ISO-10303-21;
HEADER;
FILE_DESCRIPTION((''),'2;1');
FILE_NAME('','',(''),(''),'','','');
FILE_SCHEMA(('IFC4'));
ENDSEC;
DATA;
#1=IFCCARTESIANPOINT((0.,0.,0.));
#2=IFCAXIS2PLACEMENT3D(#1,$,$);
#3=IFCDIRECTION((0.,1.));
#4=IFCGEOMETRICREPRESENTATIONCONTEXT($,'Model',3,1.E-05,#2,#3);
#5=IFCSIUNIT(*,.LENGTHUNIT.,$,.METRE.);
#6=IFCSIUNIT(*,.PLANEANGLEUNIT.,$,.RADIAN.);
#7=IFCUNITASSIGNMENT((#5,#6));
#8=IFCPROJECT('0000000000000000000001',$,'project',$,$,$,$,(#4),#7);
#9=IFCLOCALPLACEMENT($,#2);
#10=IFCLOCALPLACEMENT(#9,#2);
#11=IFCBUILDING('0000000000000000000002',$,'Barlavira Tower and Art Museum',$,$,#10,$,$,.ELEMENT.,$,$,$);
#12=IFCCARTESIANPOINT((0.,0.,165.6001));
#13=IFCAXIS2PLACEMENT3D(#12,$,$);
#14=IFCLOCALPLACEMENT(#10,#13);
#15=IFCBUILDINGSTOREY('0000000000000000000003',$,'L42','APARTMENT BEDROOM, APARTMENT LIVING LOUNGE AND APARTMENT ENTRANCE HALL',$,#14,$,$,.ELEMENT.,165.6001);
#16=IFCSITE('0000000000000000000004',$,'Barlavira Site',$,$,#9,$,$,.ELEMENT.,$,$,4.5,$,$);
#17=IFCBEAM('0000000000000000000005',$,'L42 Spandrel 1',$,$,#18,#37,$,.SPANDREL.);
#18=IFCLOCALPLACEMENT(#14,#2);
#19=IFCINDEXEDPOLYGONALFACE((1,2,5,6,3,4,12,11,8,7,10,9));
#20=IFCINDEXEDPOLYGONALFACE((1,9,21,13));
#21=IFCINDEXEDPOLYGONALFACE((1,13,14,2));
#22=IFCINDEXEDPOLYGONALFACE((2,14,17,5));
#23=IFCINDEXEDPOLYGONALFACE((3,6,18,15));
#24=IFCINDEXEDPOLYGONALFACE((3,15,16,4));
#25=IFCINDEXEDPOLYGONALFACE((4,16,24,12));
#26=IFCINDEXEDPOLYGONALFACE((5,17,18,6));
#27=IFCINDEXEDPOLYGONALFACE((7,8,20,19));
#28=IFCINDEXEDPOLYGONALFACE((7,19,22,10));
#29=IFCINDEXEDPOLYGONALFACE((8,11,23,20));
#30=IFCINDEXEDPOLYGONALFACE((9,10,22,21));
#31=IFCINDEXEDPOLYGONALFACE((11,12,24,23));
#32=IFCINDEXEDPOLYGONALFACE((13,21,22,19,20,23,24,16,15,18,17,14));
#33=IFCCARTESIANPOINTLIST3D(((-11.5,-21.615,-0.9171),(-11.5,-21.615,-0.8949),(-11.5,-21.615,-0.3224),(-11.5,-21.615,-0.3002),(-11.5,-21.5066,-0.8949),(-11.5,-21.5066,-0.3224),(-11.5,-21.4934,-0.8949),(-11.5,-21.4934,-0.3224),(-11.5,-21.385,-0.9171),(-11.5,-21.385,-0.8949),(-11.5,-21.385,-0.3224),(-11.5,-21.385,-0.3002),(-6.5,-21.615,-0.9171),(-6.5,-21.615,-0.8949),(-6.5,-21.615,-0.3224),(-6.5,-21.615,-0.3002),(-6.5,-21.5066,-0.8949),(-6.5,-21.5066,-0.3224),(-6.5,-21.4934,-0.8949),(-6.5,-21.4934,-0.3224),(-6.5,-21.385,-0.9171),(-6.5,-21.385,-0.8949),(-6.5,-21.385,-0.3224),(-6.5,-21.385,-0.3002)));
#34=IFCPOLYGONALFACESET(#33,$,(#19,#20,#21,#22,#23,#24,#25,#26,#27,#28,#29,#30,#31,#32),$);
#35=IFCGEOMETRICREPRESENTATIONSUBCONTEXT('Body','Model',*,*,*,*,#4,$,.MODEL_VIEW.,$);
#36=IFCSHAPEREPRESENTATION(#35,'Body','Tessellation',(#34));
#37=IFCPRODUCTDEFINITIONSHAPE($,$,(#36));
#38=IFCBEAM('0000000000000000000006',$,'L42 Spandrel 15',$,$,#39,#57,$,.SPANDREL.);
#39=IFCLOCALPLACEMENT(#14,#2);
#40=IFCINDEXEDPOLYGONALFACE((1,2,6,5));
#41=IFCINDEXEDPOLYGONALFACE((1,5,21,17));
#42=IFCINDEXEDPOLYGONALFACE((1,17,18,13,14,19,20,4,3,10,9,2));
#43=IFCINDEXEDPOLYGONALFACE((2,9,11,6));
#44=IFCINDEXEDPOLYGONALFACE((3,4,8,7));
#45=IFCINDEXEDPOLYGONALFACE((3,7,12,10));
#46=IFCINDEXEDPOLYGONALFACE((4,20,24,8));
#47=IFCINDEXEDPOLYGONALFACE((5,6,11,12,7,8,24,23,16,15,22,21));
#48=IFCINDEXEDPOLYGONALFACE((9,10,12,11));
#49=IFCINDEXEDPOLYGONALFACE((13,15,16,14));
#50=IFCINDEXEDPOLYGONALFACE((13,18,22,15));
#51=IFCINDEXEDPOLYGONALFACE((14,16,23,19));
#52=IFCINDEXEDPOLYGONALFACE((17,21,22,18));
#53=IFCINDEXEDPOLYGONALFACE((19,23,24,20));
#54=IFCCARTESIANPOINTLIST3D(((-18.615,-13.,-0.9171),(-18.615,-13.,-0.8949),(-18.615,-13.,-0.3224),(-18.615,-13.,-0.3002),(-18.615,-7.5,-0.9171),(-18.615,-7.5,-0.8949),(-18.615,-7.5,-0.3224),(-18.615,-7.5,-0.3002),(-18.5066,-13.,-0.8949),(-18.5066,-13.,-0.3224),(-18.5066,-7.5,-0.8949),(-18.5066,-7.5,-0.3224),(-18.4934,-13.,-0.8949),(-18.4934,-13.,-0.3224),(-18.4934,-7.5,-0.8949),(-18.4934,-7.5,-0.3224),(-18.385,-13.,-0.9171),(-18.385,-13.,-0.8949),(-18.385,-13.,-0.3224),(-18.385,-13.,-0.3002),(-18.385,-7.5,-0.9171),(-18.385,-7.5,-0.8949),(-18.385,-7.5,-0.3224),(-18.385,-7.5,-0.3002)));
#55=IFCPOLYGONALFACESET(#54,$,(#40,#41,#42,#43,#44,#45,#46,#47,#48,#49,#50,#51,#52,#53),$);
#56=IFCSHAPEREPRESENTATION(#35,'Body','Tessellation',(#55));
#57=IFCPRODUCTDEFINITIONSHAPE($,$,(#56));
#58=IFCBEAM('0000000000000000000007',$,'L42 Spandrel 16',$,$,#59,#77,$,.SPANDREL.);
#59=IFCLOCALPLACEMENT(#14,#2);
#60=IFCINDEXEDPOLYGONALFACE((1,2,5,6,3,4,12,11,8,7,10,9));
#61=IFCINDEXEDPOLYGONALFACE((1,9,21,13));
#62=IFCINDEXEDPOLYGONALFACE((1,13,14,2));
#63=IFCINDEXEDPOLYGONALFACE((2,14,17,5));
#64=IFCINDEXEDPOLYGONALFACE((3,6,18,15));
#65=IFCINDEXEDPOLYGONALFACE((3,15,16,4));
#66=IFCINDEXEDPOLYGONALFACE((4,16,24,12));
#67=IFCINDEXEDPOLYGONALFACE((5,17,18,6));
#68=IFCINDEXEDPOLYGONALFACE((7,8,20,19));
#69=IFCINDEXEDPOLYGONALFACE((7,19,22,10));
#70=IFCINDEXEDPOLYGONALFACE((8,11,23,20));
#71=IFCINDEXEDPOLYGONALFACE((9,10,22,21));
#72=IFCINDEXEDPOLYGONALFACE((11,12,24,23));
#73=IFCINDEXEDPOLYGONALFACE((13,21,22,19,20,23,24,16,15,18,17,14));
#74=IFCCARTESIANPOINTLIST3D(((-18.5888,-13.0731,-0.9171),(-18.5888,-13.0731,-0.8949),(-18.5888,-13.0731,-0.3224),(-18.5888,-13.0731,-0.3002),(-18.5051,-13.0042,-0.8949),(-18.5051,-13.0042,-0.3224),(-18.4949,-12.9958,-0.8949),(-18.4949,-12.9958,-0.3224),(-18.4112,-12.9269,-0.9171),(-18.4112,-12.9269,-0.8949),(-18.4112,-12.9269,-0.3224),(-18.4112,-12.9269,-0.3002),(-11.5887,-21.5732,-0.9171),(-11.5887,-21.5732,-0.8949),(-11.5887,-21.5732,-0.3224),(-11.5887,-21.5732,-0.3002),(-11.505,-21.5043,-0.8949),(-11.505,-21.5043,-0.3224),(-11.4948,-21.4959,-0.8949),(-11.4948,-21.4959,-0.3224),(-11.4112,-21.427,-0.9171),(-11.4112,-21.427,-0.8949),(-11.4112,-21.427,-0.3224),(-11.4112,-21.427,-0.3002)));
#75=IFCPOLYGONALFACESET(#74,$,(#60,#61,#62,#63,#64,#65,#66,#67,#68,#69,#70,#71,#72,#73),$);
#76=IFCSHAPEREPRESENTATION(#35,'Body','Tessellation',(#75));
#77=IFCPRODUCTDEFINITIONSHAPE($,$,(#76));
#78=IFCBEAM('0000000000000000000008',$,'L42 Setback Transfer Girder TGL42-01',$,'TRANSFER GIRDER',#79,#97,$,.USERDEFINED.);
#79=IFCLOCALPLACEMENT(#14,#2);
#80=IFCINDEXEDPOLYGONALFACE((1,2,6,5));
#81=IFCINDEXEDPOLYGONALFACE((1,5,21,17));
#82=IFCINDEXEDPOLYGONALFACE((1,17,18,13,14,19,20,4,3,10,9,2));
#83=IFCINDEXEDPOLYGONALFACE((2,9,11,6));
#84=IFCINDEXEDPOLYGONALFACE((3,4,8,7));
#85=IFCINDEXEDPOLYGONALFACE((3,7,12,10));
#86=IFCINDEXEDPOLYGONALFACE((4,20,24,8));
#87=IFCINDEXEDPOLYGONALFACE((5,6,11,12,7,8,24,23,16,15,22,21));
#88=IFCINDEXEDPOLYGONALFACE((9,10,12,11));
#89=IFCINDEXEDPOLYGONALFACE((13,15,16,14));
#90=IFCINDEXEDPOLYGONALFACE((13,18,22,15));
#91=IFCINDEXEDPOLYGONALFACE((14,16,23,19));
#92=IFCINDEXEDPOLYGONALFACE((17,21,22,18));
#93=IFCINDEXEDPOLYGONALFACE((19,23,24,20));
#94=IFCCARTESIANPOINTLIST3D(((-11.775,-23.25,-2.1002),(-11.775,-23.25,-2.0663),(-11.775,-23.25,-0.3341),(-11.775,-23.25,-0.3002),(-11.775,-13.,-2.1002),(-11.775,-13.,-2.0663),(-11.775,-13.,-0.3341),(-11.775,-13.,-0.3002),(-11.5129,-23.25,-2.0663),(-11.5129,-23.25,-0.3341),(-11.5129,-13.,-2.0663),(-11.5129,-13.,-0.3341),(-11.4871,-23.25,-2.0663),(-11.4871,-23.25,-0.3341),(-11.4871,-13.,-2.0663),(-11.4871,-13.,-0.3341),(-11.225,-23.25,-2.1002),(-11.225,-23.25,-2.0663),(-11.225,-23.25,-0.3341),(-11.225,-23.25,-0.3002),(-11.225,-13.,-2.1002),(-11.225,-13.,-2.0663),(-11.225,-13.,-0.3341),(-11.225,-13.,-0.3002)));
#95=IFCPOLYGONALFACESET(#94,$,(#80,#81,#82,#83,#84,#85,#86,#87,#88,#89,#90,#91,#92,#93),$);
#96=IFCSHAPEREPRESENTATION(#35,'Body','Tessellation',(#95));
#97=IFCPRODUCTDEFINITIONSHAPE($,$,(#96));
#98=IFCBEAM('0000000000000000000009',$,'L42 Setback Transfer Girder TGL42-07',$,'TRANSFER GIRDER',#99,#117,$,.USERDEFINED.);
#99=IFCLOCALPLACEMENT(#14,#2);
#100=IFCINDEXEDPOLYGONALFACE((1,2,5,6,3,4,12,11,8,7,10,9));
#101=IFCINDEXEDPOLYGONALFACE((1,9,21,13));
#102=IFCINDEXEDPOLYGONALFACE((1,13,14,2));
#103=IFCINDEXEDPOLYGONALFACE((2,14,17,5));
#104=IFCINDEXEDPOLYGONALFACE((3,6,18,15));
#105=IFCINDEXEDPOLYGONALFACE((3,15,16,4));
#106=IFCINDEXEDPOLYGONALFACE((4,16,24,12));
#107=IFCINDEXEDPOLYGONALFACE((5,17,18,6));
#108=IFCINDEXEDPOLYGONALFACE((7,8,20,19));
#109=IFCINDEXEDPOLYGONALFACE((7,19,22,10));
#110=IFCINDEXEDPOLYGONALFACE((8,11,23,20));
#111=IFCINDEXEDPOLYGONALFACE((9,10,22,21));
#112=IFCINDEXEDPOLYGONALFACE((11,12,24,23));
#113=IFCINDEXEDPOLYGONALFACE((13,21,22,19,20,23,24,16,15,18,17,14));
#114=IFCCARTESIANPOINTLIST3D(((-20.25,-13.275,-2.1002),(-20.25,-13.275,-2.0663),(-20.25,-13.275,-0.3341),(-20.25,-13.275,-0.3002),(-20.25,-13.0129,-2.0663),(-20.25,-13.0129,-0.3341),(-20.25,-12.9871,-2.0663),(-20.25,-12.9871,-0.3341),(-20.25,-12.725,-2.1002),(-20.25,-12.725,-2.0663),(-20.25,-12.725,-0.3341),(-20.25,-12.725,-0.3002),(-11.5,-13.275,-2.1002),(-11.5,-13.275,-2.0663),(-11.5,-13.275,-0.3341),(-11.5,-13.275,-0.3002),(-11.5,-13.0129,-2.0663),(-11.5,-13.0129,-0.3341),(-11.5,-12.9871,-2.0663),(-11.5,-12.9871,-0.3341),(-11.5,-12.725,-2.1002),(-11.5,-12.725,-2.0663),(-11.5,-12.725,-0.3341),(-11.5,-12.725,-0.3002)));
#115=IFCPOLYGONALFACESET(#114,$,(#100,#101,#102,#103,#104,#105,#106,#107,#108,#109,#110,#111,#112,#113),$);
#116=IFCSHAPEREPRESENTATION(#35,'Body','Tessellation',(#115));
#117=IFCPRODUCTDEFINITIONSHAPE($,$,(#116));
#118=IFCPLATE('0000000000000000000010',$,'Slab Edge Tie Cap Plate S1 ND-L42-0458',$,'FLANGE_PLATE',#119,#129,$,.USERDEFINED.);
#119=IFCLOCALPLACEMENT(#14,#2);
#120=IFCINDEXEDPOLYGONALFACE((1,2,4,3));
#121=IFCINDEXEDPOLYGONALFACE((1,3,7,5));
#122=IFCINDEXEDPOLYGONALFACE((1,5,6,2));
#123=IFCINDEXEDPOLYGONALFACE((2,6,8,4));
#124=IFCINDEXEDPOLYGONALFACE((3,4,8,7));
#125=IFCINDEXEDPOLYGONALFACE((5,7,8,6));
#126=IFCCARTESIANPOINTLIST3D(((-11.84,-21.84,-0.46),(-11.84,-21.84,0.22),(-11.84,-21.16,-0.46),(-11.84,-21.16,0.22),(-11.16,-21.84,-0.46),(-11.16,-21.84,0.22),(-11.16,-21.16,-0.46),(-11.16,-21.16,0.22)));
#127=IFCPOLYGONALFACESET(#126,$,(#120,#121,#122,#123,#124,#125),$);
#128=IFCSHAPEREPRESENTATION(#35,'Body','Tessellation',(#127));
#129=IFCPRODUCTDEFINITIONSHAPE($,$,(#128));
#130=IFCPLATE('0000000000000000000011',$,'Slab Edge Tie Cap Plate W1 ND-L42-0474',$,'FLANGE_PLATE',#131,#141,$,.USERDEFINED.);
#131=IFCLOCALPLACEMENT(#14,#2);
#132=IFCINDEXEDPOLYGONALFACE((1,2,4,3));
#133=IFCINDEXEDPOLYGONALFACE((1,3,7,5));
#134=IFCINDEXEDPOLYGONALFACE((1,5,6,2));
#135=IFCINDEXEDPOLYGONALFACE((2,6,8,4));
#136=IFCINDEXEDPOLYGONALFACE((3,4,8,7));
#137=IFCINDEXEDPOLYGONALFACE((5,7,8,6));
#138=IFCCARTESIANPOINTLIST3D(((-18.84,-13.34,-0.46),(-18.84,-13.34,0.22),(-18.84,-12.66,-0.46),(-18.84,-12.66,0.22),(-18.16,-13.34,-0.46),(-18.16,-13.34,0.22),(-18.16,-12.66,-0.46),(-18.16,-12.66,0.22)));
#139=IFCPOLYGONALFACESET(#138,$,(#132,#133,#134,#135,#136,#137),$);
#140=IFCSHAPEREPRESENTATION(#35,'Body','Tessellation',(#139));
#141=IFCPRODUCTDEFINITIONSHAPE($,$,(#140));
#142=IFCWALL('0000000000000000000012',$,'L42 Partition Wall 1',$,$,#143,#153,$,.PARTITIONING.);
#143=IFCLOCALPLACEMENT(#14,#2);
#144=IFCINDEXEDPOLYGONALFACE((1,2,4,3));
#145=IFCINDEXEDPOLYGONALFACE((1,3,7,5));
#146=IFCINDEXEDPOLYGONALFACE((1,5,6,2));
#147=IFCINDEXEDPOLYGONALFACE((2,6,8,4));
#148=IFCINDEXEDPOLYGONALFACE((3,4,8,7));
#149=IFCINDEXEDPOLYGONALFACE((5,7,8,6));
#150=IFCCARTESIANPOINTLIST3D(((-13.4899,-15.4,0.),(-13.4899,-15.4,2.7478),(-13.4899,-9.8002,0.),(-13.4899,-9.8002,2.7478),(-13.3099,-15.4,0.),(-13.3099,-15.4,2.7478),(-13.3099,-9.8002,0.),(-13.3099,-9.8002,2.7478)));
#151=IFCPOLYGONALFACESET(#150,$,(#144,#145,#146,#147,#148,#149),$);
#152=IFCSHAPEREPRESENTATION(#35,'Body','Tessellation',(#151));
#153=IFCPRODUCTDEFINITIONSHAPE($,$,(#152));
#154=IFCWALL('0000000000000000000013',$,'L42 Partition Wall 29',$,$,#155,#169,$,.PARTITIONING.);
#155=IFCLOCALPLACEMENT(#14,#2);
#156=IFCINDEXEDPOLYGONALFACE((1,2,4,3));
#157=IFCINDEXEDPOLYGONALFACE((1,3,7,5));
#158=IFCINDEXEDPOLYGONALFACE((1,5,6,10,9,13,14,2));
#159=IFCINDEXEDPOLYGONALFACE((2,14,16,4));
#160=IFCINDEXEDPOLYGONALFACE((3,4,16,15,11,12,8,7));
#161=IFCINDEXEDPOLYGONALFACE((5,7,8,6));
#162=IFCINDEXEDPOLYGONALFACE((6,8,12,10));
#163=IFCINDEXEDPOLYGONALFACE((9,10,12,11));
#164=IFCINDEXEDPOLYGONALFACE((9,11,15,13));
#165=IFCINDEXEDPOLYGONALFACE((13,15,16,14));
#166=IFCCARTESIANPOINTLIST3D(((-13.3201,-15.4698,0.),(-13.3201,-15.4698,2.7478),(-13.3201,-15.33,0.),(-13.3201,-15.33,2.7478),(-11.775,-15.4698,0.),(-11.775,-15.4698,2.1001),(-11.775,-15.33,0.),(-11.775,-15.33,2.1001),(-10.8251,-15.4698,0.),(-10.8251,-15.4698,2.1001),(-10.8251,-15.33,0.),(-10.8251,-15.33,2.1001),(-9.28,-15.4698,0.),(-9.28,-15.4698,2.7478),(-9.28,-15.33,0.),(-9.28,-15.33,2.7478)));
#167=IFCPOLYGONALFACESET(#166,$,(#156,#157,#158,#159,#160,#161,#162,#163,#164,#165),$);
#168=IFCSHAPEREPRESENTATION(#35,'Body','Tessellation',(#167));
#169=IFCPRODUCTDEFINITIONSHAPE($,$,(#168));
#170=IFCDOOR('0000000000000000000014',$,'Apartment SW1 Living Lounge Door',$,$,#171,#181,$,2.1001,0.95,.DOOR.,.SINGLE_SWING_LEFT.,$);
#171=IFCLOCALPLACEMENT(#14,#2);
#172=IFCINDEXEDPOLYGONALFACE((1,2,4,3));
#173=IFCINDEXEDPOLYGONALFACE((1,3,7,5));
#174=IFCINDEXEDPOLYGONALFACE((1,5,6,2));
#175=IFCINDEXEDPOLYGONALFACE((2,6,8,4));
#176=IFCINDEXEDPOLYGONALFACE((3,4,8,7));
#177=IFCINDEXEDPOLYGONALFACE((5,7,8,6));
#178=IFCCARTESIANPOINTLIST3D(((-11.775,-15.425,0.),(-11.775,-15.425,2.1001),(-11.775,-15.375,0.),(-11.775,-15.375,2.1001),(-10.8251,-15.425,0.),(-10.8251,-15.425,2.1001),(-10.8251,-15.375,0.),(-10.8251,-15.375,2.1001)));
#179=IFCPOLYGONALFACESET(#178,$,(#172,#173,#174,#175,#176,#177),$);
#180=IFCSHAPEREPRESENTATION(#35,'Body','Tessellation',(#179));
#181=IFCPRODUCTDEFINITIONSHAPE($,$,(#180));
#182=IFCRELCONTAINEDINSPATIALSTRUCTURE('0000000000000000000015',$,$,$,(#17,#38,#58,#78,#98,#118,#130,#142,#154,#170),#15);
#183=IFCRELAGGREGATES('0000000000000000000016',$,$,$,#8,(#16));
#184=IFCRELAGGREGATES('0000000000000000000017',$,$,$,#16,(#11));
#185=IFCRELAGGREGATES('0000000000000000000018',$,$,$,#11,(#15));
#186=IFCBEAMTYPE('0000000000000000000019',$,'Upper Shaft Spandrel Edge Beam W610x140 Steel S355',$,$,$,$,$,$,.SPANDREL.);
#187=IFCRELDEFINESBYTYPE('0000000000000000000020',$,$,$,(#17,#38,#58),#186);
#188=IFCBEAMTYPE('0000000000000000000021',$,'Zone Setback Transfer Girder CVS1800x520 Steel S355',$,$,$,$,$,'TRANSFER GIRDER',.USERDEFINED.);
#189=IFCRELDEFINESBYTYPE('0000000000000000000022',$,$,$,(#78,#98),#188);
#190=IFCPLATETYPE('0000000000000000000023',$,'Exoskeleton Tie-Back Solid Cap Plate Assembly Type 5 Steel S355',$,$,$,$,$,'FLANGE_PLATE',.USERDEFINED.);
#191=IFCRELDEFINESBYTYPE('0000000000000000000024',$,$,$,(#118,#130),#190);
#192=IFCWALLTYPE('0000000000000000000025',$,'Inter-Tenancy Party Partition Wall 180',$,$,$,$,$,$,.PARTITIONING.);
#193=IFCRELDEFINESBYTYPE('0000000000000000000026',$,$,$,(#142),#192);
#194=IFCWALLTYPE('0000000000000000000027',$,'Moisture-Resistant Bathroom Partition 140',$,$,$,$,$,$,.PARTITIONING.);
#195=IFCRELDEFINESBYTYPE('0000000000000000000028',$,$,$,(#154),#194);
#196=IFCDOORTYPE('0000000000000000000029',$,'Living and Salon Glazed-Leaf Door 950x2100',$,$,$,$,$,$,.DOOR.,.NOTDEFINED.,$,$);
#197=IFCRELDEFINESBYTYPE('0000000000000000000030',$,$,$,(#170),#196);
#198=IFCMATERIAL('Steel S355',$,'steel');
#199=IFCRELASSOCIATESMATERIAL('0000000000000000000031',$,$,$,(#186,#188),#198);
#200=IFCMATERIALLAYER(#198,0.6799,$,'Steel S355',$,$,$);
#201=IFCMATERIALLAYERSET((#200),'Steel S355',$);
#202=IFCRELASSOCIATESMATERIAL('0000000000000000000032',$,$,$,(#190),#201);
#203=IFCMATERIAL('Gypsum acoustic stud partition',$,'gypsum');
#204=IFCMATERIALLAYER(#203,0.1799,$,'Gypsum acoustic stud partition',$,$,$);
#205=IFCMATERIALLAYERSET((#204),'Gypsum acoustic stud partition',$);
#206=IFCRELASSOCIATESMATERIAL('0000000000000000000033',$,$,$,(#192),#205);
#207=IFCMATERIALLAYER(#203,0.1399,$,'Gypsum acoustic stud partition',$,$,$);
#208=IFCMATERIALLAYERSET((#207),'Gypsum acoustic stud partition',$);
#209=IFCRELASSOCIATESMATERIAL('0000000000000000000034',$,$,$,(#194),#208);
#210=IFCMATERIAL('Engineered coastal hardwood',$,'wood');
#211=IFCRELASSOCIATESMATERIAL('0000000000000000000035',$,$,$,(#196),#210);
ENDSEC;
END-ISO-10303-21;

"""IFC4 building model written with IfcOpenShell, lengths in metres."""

from ifc_helpers import new_model, si_unit, direction, frame, frame_2d, origin, origin_2d, place, context, subcontext, project, spatial, rectangle, i_section, extrude, material, layer, layer_set, material_profile, profile_set, type_object, element, fill, save


model = new_model("IFC4")

# Units and contexts
model_context = context("Model", 3, precision=1e-05, world=origin(), true_north=direction((0.0, 1.0)))
body_context = subcontext(model_context, "Body", "Model", "MODEL_VIEW")
ifc_project = project(units=[si_unit("LENGTHUNIT", "METRE"), si_unit("PLANEANGLEUNIT", "RADIAN")], contexts=[model_context])

# Site, building, storey
site_placement = place(None, origin())
site = spatial("IfcSite", under=ifc_project, at=site_placement, Name="Barlavira Site", CompositionType="ELEMENT", RefElevation=4.5)
building_placement = place(site_placement, origin())
building = spatial("IfcBuilding", under=site, at=building_placement, Name="Barlavira Tower and Art Museum", CompositionType="ELEMENT")
storey_placement = place(building_placement, frame((0.0, 0.0, 165.6001)))
storey = spatial("IfcBuildingStorey", under=building, at=storey_placement, Name="L42", Description="APARTMENT BEDROOM, APARTMENT LIVING LOUNGE AND APARTMENT ENTRANCE HALL", CompositionType="ELEMENT", Elevation=165.6001)

# Shared definitions
ifc_material_1 = material(Name="Steel S355", Category="steel")

# Beams
ifc_material_profile_1 = material_profile(ifc_material_1, i_section(OverallWidth=0.23, OverallDepth=0.6169, WebThickness=0.0132, FlangeThickness=0.0222, at=origin_2d()), Name="W610x140.0")
ifc_profile_set_1 = profile_set([ifc_material_profile_1], Name="Steel S355")
beam_type_1 = type_object("IfcBeamType", Name="Upper Shaft Spandrel Edge Beam W610x140 Steel S355", PredefinedType="SPANDREL", material=ifc_profile_set_1)
beam_1_placement = place(storey_placement, frame((-11.5, -21.5, -0.6086), z_axis=(1.0, 0.0, 0.0), x_axis=(0.0, 1.0, 0.0)))
element("IfcBeam", 1, at=beam_1_placement, inside=storey, type_object=beam_type_1, Name="L42 Spandrel 1", PredefinedType="SPANDREL", context=body_context, shape_type="SweptSolid", body=[
    extrude(i_section(OverallWidth=0.23, OverallDepth=0.6169, WebThickness=0.0132, FlangeThickness=0.0222, at=origin_2d()), origin(), (0.0, 0.0, 1.0), 5.0),
])
beam_2_placement = place(storey_placement, frame((-18.5, -13.0, -0.6086), z_axis=(0.0, 1.0, 0.0), x_axis=(-1.0, 0.0, 0.0)))
element("IfcBeam", 2, at=beam_2_placement, inside=storey, type_object=beam_type_1, Name="L42 Spandrel 15", PredefinedType="SPANDREL", context=body_context, shape_type="SweptSolid", body=[
    extrude(i_section(OverallWidth=0.23, OverallDepth=0.6169, WebThickness=0.0132, FlangeThickness=0.0222, at=origin_2d()), origin(), (0.0, 0.0, 1.0), 5.5),
])
beam_3_placement = place(storey_placement, frame((-18.5, -13.0, -0.6086), z_axis=(0.635707, -0.77193, 0.0), x_axis=(0.77193, 0.635707, 0.0)))
element("IfcBeam", 3, at=beam_3_placement, inside=storey, type_object=beam_type_1, Name="L42 Spandrel 16", PredefinedType="SPANDREL", context=body_context, shape_type="SweptSolid", body=[
    extrude(i_section(OverallWidth=0.23, OverallDepth=0.6169, WebThickness=0.0132, FlangeThickness=0.0222, at=origin_2d()), origin(), (0.0, 0.0, 1.0), 11.0115),
])
ifc_material_profile_2 = material_profile(ifc_material_1, i_section(OverallWidth=0.55, OverallDepth=1.8, WebThickness=0.0259, FlangeThickness=0.0339, at=origin_2d()), Name="CVS1800x520")
ifc_profile_set_2 = profile_set([ifc_material_profile_2], Name="Steel S355")
beam_type_2 = type_object("IfcBeamType", Name="Zone Setback Transfer Girder CVS1800x520 Steel S355", ElementType="TRANSFER GIRDER", PredefinedType="USERDEFINED", material=ifc_profile_set_2)
beam_4_placement = place(storey_placement, frame((-11.5, -23.25, -1.2002), z_axis=(0.0, 1.0, 0.0), x_axis=(-1.0, 0.0, 0.0)))
element("IfcBeam", 4, at=beam_4_placement, inside=storey, type_object=beam_type_2, Name="L42 Setback Transfer Girder TGL42-01", ObjectType="TRANSFER GIRDER", PredefinedType="USERDEFINED", context=body_context, shape_type="SweptSolid", body=[
    extrude(i_section(OverallWidth=0.55, OverallDepth=1.8, WebThickness=0.0259, FlangeThickness=0.0339, at=origin_2d()), origin(), (0.0, 0.0, 1.0), 10.25),
])
beam_5_placement = place(storey_placement, frame((-20.25, -13.0, -1.2002), z_axis=(1.0, 0.0, 0.0), x_axis=(0.0, 1.0, 0.0)))
element("IfcBeam", 5, at=beam_5_placement, inside=storey, type_object=beam_type_2, Name="L42 Setback Transfer Girder TGL42-07", ObjectType="TRANSFER GIRDER", PredefinedType="USERDEFINED", context=body_context, shape_type="SweptSolid", body=[
    extrude(i_section(OverallWidth=0.55, OverallDepth=1.8, WebThickness=0.0259, FlangeThickness=0.0339, at=origin_2d()), origin(), (0.0, 0.0, 1.0), 8.75),
])

# Plates
ifc_layer_1 = layer(ifc_material_1, 0.6799, Name="Steel S355")
ifc_layer_set_1 = layer_set([ifc_layer_1], Name="Steel S355")
plate_type = type_object("IfcPlateType", Name="Exoskeleton Tie-Back Solid Cap Plate Assembly Type 5 Steel S355", ElementType="FLANGE_PLATE", PredefinedType="USERDEFINED", material=ifc_layer_set_1)
for number, where, z_axis, x_axis, name in (
    (6, (-11.5, -21.5, -0.46), (0.0, 0.0, 1.0), (1.0, 0.0, 0.0), "Slab Edge Tie Cap Plate S1 ND-L42-0458"),
    (7, (-18.5, -13.0, -0.46), (0.0, 0.0, 1.0), (1.0, 0.0, 0.0), "Slab Edge Tie Cap Plate W1 ND-L42-0474"),
):
    element("IfcPlate", number, at=place(storey_placement, frame(where, z_axis=z_axis, x_axis=x_axis)), inside=storey, type_object=plate_type, Name=name, ObjectType="FLANGE_PLATE", PredefinedType="USERDEFINED", context=body_context, shape_type="SweptSolid", body=[
        extrude(rectangle(XDim=0.6799, YDim=0.6799, at=origin_2d()), origin(), (0.0, 0.0, 1.0), 0.6799),
    ])

# Wall
ifc_material_2 = material(Name="Gypsum acoustic stud partition", Category="gypsum")
ifc_layer_2 = layer(ifc_material_2, 0.1799, Name="Gypsum acoustic stud partition")
ifc_layer_set_2 = layer_set([ifc_layer_2], Name="Gypsum acoustic stud partition")
wall_type_1 = type_object("IfcWallType", Name="Inter-Tenancy Party Partition Wall 180", PredefinedType="PARTITIONING", material=ifc_layer_set_2)
wall_1_placement = place(storey_placement, frame((-13.3999, -15.3999, 0.0), z_axis=(0.0, 0.0, 1.0), x_axis=(0.0, 1.0, 0.0)))
element("IfcWall", 8, at=wall_1_placement, inside=storey, type_object=wall_type_1, Name="L42 Partition Wall 1", PredefinedType="PARTITIONING", context=body_context, shape_type="SweptSolid", body=[
    extrude(rectangle(XDim=5.5999, YDim=0.1799, at=frame_2d((2.7998, 0.0))), origin(), (0.0, 0.0, 1.0), 2.7478),
])

# Wall, opening, door
ifc_layer_3 = layer(ifc_material_2, 0.1399, Name="Gypsum acoustic stud partition")
ifc_layer_set_3 = layer_set([ifc_layer_3], Name="Gypsum acoustic stud partition")
wall_type_2 = type_object("IfcWallType", Name="Moisture-Resistant Bathroom Partition 140", PredefinedType="PARTITIONING", material=ifc_layer_set_3)
wall_2_placement = place(storey_placement, frame((-13.3201, -15.3999, 0.0), z_axis=(0.0, 0.0, 1.0), x_axis=(1.0, 0.0, 0.0)))
wall_2 = element("IfcWall", 9, at=wall_2_placement, inside=storey, type_object=wall_type_2, Name="L42 Partition Wall 29", PredefinedType="PARTITIONING", context=body_context, shape_type="SweptSolid", body=[
    extrude(rectangle(XDim=4.04, YDim=0.1399, at=frame_2d((2.02, 0.0))), origin(), (0.0, 0.0, 1.0), 2.7478),
])
opening_1_placement = place(wall_2_placement, frame((1.5449, 0.0, 0.0)))
opening_1 = element("IfcOpeningElement", 10, at=opening_1_placement, cuts=wall_2, PredefinedType="OPENING", context=body_context, shape_type="SweptSolid", body=[
    extrude(rectangle(XDim=0.95, YDim=2.1001, at=frame_2d((0.4751, 1.05))), frame((0.0, 0.0801, 0.0), z_axis=(0.0, -1.0, 0.0), x_axis=(1.0, 0.0, 0.0)), (0.0, 0.0, 1.0), 0.1599),
])
ifc_material_3 = material(Name="Engineered coastal hardwood", Category="wood")
door_type_1 = type_object("IfcDoorType", Name="Living and Salon Glazed-Leaf Door 950x2100", OperationType="NOTDEFINED", PredefinedType="DOOR", material=ifc_material_3)
door_1_placement = place(opening_1_placement, origin())
door_1 = element("IfcDoor", 11, at=door_1_placement, inside=storey, type_object=door_type_1, Name="Apartment SW1 Living Lounge Door", OperationType="SINGLE_SWING_LEFT", OverallHeight=2.1001, OverallWidth=0.95, PredefinedType="DOOR", context=body_context, shape_type="SweptSolid", body=[
    extrude(rectangle(XDim=0.95, YDim=2.1001, at=frame_2d((0.4751, 1.05))), frame((0.0, 0.0249, 0.0), z_axis=(0.0, -1.0, 0.0), x_axis=(1.0, 0.0, 0.0)), (0.0, 0.0, 1.0), 0.05),
])
fill(opening_1, door_1)

save(model, "model.ifc")
